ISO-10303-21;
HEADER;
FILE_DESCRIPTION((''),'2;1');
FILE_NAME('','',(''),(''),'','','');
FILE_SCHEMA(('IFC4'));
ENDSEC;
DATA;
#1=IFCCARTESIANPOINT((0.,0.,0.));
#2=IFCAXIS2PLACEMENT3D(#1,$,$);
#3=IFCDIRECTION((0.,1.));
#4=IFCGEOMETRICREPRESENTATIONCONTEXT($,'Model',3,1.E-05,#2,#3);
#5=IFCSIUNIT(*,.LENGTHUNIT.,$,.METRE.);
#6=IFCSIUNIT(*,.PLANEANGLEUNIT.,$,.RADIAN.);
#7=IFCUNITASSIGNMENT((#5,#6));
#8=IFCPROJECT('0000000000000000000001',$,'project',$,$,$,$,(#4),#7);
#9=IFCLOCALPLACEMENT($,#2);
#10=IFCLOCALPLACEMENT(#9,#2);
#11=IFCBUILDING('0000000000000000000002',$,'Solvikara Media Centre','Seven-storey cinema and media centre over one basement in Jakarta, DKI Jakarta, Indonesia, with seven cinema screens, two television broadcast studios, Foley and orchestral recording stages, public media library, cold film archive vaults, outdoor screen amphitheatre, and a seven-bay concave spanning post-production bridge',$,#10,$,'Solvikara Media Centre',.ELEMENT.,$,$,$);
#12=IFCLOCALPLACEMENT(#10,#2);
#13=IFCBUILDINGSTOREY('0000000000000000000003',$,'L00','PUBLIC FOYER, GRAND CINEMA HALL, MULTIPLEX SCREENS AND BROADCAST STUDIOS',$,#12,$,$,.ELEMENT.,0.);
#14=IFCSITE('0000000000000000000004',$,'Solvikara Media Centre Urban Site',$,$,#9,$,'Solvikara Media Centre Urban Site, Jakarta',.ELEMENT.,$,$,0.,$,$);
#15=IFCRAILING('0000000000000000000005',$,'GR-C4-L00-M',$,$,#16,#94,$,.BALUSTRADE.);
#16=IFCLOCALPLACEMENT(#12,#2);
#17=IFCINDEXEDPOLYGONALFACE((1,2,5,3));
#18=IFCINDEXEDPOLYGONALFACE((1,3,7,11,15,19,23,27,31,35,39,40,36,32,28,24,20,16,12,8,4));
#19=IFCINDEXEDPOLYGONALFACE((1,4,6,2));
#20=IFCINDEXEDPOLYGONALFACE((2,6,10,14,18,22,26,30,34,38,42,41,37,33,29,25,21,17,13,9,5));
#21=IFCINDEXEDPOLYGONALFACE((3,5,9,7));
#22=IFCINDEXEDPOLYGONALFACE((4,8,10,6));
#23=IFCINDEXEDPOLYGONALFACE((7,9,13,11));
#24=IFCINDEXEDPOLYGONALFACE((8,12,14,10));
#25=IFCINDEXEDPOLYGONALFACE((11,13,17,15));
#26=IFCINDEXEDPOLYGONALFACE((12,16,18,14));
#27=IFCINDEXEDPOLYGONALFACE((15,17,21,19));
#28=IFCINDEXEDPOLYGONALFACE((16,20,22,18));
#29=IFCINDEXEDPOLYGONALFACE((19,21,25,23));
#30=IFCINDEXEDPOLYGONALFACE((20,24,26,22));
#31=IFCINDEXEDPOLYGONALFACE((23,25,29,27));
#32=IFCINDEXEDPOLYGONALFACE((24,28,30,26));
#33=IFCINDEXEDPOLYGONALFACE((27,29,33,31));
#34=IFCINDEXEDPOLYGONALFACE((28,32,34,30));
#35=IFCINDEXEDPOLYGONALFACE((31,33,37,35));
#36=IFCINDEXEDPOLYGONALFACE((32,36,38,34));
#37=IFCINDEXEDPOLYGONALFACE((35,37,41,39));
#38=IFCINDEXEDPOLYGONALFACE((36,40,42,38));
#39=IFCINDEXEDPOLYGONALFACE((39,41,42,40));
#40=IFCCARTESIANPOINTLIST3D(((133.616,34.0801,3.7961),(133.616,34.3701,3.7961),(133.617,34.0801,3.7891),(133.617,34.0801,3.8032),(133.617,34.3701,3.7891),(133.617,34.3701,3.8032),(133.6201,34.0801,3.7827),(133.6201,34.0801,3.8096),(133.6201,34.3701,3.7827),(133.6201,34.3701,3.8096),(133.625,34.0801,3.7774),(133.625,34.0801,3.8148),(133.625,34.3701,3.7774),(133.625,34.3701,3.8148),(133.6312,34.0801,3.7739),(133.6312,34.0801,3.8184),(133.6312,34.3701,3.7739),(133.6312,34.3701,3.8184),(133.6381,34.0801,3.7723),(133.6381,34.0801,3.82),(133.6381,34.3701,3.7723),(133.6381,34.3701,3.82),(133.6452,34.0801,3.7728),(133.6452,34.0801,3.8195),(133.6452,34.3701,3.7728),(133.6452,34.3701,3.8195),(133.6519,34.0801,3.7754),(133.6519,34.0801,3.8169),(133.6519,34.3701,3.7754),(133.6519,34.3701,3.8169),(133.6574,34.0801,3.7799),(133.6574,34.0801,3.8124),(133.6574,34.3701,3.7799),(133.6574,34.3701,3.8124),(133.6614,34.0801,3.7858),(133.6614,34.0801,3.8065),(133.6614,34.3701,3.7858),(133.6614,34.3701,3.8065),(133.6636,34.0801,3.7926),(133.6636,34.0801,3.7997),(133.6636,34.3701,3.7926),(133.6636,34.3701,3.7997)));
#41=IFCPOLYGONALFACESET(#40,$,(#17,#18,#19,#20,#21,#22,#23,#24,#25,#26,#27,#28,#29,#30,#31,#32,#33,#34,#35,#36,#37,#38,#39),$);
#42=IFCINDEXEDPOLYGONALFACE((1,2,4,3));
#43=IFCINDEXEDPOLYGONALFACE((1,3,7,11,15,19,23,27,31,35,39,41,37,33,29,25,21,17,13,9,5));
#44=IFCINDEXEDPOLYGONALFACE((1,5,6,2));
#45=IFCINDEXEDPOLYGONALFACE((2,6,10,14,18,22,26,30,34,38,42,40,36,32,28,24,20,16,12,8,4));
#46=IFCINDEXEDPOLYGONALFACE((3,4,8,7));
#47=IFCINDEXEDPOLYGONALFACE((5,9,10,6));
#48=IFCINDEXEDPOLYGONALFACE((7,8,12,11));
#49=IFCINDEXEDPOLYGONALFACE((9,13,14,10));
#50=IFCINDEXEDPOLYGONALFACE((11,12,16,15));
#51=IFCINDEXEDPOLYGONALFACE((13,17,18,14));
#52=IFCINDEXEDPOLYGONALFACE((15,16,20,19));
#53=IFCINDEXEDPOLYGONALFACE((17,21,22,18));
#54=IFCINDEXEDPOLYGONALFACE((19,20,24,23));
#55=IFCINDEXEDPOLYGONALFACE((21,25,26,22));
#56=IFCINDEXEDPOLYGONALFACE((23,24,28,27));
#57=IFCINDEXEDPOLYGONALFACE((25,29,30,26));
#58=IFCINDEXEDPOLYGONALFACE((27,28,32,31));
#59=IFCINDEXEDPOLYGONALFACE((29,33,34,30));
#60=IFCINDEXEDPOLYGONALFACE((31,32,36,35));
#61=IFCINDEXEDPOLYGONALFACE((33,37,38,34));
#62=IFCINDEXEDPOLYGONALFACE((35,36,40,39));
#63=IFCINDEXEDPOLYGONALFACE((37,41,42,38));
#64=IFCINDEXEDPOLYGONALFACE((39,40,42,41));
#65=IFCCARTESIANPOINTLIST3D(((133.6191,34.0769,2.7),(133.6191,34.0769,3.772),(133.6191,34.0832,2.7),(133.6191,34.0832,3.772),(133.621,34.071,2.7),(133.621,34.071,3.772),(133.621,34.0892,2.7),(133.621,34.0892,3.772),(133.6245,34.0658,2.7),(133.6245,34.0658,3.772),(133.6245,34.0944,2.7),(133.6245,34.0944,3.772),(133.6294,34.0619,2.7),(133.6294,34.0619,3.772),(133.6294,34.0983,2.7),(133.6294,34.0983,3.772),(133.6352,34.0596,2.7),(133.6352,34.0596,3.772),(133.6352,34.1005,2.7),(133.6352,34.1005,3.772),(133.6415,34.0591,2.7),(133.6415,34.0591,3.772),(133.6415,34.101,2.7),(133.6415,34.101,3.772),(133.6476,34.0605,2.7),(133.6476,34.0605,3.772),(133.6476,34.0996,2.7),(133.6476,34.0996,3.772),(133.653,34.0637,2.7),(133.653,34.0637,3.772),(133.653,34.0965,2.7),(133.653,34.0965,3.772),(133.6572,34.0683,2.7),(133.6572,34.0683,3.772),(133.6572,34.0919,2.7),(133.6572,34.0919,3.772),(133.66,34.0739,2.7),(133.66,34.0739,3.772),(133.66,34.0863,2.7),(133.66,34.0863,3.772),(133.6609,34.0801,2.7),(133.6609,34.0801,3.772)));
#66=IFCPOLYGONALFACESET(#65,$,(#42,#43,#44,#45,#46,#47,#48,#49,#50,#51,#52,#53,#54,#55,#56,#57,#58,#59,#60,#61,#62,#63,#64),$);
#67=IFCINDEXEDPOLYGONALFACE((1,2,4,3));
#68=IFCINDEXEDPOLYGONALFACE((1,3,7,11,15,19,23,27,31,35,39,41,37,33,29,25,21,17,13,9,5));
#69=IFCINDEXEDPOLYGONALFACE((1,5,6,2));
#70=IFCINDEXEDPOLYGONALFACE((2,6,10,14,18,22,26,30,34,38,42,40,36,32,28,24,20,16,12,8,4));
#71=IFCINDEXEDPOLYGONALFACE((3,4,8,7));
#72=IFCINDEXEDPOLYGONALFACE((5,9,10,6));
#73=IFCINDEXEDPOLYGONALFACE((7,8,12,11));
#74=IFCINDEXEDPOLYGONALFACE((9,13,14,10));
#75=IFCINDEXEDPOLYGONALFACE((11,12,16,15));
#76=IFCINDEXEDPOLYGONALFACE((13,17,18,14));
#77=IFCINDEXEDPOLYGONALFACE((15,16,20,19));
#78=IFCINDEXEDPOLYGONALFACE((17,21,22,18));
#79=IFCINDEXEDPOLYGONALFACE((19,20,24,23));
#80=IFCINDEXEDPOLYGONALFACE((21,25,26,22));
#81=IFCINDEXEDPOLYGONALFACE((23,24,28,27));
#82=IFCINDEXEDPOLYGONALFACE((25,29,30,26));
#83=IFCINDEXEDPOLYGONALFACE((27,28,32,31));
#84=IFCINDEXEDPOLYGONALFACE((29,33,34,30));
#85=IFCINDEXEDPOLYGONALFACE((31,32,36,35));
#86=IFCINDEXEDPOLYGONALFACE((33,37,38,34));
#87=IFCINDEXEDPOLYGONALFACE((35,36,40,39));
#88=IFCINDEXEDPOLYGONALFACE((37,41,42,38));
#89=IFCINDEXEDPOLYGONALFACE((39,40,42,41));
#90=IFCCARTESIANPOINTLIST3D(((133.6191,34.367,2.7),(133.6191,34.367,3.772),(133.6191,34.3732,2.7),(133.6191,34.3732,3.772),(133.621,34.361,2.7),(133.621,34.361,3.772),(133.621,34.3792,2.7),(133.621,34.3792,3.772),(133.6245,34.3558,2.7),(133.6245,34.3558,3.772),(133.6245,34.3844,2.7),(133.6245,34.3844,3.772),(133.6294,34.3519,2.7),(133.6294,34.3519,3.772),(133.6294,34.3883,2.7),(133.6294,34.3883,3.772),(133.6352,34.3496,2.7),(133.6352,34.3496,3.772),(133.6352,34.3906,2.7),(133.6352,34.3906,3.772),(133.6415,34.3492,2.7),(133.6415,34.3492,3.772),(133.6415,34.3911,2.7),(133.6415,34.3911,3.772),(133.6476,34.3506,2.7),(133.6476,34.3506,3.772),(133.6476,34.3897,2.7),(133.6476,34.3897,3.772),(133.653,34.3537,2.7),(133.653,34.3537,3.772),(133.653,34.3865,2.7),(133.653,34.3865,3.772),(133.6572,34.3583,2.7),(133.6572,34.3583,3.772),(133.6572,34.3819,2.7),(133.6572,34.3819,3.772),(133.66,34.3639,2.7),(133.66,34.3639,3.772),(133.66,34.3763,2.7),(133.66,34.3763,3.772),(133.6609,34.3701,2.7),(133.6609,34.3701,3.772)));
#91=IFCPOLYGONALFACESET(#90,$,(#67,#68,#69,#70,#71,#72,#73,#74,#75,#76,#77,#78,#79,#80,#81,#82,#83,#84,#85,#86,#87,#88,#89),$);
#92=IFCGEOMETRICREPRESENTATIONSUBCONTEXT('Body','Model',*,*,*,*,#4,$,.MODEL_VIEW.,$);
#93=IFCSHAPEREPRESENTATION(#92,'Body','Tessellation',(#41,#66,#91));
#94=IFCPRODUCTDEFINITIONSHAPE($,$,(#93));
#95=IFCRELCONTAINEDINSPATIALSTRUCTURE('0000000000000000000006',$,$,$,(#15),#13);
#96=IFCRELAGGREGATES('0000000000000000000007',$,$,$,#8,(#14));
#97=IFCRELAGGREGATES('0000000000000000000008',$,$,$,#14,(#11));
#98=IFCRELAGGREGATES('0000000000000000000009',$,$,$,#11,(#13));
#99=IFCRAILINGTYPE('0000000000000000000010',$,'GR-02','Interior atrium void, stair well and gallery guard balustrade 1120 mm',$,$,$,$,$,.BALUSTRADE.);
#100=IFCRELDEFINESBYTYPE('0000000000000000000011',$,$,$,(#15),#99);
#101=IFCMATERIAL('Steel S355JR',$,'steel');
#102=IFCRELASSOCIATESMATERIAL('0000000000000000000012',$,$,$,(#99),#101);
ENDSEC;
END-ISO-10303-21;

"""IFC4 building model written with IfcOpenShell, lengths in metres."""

from ifc_helpers import new_model, si_unit, direction, frame, origin, origin_2d, place, context, subcontext, project, spatial, circle, extrude, material, type_object, element, save


model = new_model("IFC4")

# Units and contexts
model_context = context("Model", 3, precision=1e-05, world=origin(), true_north=direction((0.0, 1.0)))
body_context = subcontext(model_context, "Body", "Model", "MODEL_VIEW")
ifc_project = project(units=[si_unit("LENGTHUNIT", "METRE"), si_unit("PLANEANGLEUNIT", "RADIAN")], contexts=[model_context])

# Site, building, storey
site_placement = place(None, origin())
site = spatial("IfcSite", under=ifc_project, at=site_placement, Name="Solvikara Media Centre Urban Site", LongName="Solvikara Media Centre Urban Site, Jakarta", CompositionType="ELEMENT", RefElevation=0.0)
building_placement = place(site_placement, origin())
building = spatial("IfcBuilding", under=site, at=building_placement, Name="Solvikara Media Centre", Description="Seven-storey cinema and media centre over one basement in Jakarta, DKI Jakarta, Indonesia, with seven cinema screens, two television broadcast studios, Foley and orchestral recording stages, public media library, cold film archive vaults, outdoor screen amphitheatre, and a seven-bay concave spanning post-production bridge", LongName="Solvikara Media Centre", CompositionType="ELEMENT")
storey_placement = place(building_placement, origin())
storey = spatial("IfcBuildingStorey", under=building, at=storey_placement, Name="L00", Description="PUBLIC FOYER, GRAND CINEMA HALL, MULTIPLEX SCREENS AND BROADCAST STUDIOS", CompositionType="ELEMENT", Elevation=0.0)

# Shared definitions
ifc_material_1 = material(Name="Steel S355JR", Category="steel")

# Railing
railing_type_1 = type_object("IfcRailingType", Name="GR-02", Description="Interior atrium void, stair well and gallery guard balustrade 1120 mm", PredefinedType="BALUSTRADE", material=ifc_material_1)
railing_1_placement = place(storey_placement, frame((133.6399, 34.0801, 2.7)))
element("IfcRailing", 1, at=railing_1_placement, inside=storey, type_object=railing_type_1, Name="GR-C4-L00-M", PredefinedType="BALUSTRADE", context=body_context, shape_type="SweptSolid", body=[
    extrude(circle(Radius=0.0239, at=origin_2d()), frame((0.0, 0.0, 1.0962), z_axis=(0.0, 1.0, 0.0), x_axis=(-1.0, 0.0, 0.0)), (0.0, 0.0, 1.0), 0.29),
    extrude(circle(Radius=0.021, at=origin_2d()), origin(), (0.0, 0.0, 1.0), 1.072),
    extrude(circle(Radius=0.021, at=origin_2d()), frame((0.0, 0.29, 0.0)), (0.0, 0.0, 1.0), 1.072),
])

save(model, "model.ifc")
